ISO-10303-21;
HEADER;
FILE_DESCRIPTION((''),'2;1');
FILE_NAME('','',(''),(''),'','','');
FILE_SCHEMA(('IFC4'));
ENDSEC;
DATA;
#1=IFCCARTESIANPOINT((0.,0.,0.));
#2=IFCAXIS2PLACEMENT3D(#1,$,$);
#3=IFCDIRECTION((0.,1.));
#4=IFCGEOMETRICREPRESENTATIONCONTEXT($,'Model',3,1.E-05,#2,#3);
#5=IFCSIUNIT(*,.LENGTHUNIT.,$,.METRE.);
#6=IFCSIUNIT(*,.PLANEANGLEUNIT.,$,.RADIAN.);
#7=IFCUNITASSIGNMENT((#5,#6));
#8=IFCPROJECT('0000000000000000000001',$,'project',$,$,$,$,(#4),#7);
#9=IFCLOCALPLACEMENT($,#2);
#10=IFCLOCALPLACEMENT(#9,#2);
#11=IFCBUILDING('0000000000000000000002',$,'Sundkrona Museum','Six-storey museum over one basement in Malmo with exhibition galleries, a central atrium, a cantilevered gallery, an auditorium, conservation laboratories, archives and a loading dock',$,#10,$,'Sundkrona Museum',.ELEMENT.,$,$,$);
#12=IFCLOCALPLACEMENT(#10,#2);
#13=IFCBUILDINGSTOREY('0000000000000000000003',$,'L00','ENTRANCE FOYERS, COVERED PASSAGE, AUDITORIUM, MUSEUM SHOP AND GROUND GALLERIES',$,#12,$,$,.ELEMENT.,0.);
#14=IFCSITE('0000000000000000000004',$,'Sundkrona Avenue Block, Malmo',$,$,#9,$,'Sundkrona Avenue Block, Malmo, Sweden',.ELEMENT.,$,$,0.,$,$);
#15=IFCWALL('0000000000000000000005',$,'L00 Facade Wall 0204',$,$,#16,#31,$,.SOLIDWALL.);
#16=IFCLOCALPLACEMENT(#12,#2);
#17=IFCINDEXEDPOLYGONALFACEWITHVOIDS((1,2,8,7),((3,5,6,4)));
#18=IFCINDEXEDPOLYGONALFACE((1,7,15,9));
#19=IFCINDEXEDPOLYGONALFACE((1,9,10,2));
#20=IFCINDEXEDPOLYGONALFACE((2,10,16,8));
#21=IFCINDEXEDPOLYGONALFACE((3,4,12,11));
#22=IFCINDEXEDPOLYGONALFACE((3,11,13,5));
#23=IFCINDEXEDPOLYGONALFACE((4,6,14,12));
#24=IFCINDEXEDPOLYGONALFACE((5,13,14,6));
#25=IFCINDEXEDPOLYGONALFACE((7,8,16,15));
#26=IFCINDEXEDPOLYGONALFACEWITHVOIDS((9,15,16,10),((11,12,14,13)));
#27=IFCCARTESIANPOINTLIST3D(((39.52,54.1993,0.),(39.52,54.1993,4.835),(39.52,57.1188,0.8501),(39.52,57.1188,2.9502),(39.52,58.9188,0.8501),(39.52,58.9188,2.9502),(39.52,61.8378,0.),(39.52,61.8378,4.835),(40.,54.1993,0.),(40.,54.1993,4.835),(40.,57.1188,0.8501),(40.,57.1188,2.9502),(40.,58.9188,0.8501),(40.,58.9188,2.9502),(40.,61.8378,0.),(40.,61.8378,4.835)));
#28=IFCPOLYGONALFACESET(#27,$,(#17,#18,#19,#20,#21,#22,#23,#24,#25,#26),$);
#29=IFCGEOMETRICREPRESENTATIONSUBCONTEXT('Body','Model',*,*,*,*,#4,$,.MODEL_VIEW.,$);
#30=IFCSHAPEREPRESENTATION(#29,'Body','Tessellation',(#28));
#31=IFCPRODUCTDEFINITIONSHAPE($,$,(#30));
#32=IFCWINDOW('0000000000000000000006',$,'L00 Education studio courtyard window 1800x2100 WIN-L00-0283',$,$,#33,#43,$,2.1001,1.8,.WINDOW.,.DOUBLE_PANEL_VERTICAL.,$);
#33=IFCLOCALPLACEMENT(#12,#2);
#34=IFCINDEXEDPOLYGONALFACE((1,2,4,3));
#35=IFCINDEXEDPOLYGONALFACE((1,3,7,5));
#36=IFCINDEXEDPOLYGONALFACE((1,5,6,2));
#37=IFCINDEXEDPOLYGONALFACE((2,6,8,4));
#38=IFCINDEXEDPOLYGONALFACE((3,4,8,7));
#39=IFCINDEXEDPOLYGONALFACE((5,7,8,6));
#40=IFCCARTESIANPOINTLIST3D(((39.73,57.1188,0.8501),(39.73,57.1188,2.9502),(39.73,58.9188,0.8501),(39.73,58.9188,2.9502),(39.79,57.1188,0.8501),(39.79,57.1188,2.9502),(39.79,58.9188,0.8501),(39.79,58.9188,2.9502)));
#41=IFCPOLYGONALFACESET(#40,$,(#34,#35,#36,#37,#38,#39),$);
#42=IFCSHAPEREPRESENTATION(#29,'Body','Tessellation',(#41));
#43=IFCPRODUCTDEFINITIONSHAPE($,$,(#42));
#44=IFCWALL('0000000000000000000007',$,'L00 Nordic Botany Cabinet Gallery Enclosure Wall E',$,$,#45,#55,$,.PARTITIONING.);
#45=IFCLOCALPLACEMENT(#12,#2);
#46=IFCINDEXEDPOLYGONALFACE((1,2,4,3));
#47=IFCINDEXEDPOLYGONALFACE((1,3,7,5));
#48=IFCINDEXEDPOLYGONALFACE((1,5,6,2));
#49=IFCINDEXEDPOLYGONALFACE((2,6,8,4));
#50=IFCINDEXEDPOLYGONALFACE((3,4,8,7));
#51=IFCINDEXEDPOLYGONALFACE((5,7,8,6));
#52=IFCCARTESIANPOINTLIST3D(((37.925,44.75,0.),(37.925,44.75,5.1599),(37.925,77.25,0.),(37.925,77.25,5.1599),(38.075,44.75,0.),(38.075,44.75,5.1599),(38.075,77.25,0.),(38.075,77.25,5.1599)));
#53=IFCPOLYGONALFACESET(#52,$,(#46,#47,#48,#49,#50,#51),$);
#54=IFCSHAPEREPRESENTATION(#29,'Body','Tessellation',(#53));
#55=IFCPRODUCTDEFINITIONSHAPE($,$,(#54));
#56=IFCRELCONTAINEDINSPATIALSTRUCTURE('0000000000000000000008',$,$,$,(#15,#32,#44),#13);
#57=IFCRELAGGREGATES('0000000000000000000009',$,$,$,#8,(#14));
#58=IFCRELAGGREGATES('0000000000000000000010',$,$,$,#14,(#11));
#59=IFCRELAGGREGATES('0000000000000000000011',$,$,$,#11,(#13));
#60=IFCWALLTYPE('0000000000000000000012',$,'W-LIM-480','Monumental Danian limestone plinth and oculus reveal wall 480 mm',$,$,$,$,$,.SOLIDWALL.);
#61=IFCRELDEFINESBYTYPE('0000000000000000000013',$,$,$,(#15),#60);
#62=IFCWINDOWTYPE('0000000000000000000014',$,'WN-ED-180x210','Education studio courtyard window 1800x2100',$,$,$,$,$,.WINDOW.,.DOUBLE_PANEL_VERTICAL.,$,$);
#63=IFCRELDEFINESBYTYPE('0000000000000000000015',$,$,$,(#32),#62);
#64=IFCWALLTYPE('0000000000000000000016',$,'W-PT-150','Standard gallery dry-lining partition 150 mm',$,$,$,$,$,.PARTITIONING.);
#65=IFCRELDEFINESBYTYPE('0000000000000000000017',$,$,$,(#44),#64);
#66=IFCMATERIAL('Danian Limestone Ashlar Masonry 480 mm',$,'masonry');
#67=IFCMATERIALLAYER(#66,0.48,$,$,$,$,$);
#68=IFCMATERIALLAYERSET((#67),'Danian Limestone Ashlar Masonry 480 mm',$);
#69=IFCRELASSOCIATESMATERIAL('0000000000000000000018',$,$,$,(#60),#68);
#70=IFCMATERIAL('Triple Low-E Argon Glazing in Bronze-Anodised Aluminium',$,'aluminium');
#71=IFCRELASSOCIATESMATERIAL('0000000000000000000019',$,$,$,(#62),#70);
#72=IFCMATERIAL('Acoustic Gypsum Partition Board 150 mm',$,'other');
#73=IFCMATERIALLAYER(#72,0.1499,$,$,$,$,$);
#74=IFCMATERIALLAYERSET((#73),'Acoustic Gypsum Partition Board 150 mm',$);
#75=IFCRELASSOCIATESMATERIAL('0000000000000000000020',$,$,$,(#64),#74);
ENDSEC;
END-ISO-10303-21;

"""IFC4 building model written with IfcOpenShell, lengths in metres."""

from ifc_helpers import new_model, si_unit, direction, frame, frame_2d, origin, place, context, subcontext, project, spatial, rectangle, extrude, material, layer, layer_set, type_object, element, fill, save


model = new_model("IFC4")

# Units and contexts
model_context = context("Model", 3, precision=1e-05, world=origin(), true_north=direction((0.0, 1.0)))
body_context = subcontext(model_context, "Body", "Model", "MODEL_VIEW")
ifc_project = project(units=[si_unit("LENGTHUNIT", "METRE"), si_unit("PLANEANGLEUNIT", "RADIAN")], contexts=[model_context])

# Site, building, storey
site_placement = place(None, origin())
site = spatial("IfcSite", under=ifc_project, at=site_placement, Name="Sundkrona Avenue Block, Malmo", LongName="Sundkrona Avenue Block, Malmo, Sweden", CompositionType="ELEMENT", RefElevation=0.0)
building_placement = place(site_placement, origin())
building = spatial("IfcBuilding", under=site, at=building_placement, Name="Sundkrona Museum", Description="Six-storey museum over one basement in Malmo with exhibition galleries, a central atrium, a cantilevered gallery, an auditorium, conservation laboratories, archives and a loading dock", LongName="Sundkrona Museum", CompositionType="ELEMENT")
storey_placement = place(building_placement, origin())
storey = spatial("IfcBuildingStorey", under=building, at=storey_placement, Name="L00", Description="ENTRANCE FOYERS, COVERED PASSAGE, AUDITORIUM, MUSEUM SHOP AND GROUND GALLERIES", CompositionType="ELEMENT", Elevation=0.0)

# Shared definitions
ifc_material_1 = material(Name="Danian Limestone Ashlar Masonry 480 mm", Category="masonry")
ifc_layer_1 = layer(ifc_material_1, 0.48)
ifc_layer_set_1 = layer_set([ifc_layer_1], Name="Danian Limestone Ashlar Masonry 480 mm")
wall_type_1 = type_object("IfcWallType", Name="W-LIM-480", Description="Monumental Danian limestone plinth and oculus reveal wall 480 mm", PredefinedType="SOLIDWALL", material=ifc_layer_set_1)
ifc_material_2 = material(Name="Triple Low-E Argon Glazing in Bronze-Anodised Aluminium", Category="aluminium")
window_type_1 = type_object("IfcWindowType", Name="WN-ED-180x210", Description="Education studio courtyard window 1800x2100", PartitioningType="DOUBLE_PANEL_VERTICAL", PredefinedType="WINDOW", material=ifc_material_2)

# Wall, opening, window
wall_1_placement = place(storey_placement, frame((39.76, 61.8379, 0.0), z_axis=(0.0, 0.0, 1.0), x_axis=(0.0, -1.0, 0.0)))
wall_1 = element("IfcWall", 1, at=wall_1_placement, inside=storey, type_object=wall_type_1, Name="L00 Facade Wall 0204", PredefinedType="SOLIDWALL", context=body_context, shape_type="SweptSolid", body=[
    extrude(rectangle(XDim=7.6384, YDim=0.48, at=frame_2d((3.8193, 0.0))), origin(), (0.0, 0.0, 1.0), 4.835),
])
opening_1_placement = place(wall_1_placement, frame((2.9192, 0.0, 0.8501)))
opening_1 = element("IfcOpeningElement", 2, at=opening_1_placement, cuts=wall_1, PredefinedType="OPENING", context=body_context, shape_type="SweptSolid", body=[
    extrude(rectangle(XDim=1.8, YDim=2.1001, at=frame_2d((0.8999, 1.05))), frame((0.0, 0.25, 0.0), z_axis=(0.0, -1.0, 0.0), x_axis=(1.0, 0.0, 0.0)), (0.0, 0.0, 1.0), 0.5),
])
window_1_placement = place(opening_1_placement, origin())
window_1 = element("IfcWindow", 3, at=window_1_placement, inside=storey, type_object=window_type_1, Name="L00 Education studio courtyard window 1800x2100 WIN-L00-0283", OverallHeight=2.1001, OverallWidth=1.8, PartitioningType="DOUBLE_PANEL_VERTICAL", PredefinedType="WINDOW", context=body_context, shape_type="SweptSolid", body=[
    extrude(rectangle(XDim=1.8, YDim=2.1001, at=frame_2d((0.8999, 1.05))), frame((0.0, 0.03, 0.0), z_axis=(0.0, -1.0, 0.0), x_axis=(1.0, 0.0, 0.0)), (0.0, 0.0, 1.0), 0.0601),
])
fill(opening_1, window_1)

# Wall
ifc_material_3 = material(Name="Acoustic Gypsum Partition Board 150 mm", Category="other")
ifc_layer_2 = layer(ifc_material_3, 0.1499)
ifc_layer_set_2 = layer_set([ifc_layer_2], Name="Acoustic Gypsum Partition Board 150 mm")
wall_type_2 = type_object("IfcWallType", Name="W-PT-150", Description="Standard gallery dry-lining partition 150 mm", PredefinedType="PARTITIONING", material=ifc_layer_set_2)
wall_2_placement = place(storey_placement, frame((38.0, 44.75, 0.0), z_axis=(0.0, 0.0, 1.0), x_axis=(0.0, 1.0, 0.0)))
element("IfcWall", 4, at=wall_2_placement, inside=storey, type_object=wall_type_2, Name="L00 Nordic Botany Cabinet Gallery Enclosure Wall E", PredefinedType="PARTITIONING", context=body_context, shape_type="SweptSolid", body=[
    extrude(rectangle(XDim=32.5, YDim=0.1499, at=frame_2d((16.25, 0.0))), origin(), (0.0, 0.0, 1.0), 5.1599),
])

save(model, "model.ifc")
